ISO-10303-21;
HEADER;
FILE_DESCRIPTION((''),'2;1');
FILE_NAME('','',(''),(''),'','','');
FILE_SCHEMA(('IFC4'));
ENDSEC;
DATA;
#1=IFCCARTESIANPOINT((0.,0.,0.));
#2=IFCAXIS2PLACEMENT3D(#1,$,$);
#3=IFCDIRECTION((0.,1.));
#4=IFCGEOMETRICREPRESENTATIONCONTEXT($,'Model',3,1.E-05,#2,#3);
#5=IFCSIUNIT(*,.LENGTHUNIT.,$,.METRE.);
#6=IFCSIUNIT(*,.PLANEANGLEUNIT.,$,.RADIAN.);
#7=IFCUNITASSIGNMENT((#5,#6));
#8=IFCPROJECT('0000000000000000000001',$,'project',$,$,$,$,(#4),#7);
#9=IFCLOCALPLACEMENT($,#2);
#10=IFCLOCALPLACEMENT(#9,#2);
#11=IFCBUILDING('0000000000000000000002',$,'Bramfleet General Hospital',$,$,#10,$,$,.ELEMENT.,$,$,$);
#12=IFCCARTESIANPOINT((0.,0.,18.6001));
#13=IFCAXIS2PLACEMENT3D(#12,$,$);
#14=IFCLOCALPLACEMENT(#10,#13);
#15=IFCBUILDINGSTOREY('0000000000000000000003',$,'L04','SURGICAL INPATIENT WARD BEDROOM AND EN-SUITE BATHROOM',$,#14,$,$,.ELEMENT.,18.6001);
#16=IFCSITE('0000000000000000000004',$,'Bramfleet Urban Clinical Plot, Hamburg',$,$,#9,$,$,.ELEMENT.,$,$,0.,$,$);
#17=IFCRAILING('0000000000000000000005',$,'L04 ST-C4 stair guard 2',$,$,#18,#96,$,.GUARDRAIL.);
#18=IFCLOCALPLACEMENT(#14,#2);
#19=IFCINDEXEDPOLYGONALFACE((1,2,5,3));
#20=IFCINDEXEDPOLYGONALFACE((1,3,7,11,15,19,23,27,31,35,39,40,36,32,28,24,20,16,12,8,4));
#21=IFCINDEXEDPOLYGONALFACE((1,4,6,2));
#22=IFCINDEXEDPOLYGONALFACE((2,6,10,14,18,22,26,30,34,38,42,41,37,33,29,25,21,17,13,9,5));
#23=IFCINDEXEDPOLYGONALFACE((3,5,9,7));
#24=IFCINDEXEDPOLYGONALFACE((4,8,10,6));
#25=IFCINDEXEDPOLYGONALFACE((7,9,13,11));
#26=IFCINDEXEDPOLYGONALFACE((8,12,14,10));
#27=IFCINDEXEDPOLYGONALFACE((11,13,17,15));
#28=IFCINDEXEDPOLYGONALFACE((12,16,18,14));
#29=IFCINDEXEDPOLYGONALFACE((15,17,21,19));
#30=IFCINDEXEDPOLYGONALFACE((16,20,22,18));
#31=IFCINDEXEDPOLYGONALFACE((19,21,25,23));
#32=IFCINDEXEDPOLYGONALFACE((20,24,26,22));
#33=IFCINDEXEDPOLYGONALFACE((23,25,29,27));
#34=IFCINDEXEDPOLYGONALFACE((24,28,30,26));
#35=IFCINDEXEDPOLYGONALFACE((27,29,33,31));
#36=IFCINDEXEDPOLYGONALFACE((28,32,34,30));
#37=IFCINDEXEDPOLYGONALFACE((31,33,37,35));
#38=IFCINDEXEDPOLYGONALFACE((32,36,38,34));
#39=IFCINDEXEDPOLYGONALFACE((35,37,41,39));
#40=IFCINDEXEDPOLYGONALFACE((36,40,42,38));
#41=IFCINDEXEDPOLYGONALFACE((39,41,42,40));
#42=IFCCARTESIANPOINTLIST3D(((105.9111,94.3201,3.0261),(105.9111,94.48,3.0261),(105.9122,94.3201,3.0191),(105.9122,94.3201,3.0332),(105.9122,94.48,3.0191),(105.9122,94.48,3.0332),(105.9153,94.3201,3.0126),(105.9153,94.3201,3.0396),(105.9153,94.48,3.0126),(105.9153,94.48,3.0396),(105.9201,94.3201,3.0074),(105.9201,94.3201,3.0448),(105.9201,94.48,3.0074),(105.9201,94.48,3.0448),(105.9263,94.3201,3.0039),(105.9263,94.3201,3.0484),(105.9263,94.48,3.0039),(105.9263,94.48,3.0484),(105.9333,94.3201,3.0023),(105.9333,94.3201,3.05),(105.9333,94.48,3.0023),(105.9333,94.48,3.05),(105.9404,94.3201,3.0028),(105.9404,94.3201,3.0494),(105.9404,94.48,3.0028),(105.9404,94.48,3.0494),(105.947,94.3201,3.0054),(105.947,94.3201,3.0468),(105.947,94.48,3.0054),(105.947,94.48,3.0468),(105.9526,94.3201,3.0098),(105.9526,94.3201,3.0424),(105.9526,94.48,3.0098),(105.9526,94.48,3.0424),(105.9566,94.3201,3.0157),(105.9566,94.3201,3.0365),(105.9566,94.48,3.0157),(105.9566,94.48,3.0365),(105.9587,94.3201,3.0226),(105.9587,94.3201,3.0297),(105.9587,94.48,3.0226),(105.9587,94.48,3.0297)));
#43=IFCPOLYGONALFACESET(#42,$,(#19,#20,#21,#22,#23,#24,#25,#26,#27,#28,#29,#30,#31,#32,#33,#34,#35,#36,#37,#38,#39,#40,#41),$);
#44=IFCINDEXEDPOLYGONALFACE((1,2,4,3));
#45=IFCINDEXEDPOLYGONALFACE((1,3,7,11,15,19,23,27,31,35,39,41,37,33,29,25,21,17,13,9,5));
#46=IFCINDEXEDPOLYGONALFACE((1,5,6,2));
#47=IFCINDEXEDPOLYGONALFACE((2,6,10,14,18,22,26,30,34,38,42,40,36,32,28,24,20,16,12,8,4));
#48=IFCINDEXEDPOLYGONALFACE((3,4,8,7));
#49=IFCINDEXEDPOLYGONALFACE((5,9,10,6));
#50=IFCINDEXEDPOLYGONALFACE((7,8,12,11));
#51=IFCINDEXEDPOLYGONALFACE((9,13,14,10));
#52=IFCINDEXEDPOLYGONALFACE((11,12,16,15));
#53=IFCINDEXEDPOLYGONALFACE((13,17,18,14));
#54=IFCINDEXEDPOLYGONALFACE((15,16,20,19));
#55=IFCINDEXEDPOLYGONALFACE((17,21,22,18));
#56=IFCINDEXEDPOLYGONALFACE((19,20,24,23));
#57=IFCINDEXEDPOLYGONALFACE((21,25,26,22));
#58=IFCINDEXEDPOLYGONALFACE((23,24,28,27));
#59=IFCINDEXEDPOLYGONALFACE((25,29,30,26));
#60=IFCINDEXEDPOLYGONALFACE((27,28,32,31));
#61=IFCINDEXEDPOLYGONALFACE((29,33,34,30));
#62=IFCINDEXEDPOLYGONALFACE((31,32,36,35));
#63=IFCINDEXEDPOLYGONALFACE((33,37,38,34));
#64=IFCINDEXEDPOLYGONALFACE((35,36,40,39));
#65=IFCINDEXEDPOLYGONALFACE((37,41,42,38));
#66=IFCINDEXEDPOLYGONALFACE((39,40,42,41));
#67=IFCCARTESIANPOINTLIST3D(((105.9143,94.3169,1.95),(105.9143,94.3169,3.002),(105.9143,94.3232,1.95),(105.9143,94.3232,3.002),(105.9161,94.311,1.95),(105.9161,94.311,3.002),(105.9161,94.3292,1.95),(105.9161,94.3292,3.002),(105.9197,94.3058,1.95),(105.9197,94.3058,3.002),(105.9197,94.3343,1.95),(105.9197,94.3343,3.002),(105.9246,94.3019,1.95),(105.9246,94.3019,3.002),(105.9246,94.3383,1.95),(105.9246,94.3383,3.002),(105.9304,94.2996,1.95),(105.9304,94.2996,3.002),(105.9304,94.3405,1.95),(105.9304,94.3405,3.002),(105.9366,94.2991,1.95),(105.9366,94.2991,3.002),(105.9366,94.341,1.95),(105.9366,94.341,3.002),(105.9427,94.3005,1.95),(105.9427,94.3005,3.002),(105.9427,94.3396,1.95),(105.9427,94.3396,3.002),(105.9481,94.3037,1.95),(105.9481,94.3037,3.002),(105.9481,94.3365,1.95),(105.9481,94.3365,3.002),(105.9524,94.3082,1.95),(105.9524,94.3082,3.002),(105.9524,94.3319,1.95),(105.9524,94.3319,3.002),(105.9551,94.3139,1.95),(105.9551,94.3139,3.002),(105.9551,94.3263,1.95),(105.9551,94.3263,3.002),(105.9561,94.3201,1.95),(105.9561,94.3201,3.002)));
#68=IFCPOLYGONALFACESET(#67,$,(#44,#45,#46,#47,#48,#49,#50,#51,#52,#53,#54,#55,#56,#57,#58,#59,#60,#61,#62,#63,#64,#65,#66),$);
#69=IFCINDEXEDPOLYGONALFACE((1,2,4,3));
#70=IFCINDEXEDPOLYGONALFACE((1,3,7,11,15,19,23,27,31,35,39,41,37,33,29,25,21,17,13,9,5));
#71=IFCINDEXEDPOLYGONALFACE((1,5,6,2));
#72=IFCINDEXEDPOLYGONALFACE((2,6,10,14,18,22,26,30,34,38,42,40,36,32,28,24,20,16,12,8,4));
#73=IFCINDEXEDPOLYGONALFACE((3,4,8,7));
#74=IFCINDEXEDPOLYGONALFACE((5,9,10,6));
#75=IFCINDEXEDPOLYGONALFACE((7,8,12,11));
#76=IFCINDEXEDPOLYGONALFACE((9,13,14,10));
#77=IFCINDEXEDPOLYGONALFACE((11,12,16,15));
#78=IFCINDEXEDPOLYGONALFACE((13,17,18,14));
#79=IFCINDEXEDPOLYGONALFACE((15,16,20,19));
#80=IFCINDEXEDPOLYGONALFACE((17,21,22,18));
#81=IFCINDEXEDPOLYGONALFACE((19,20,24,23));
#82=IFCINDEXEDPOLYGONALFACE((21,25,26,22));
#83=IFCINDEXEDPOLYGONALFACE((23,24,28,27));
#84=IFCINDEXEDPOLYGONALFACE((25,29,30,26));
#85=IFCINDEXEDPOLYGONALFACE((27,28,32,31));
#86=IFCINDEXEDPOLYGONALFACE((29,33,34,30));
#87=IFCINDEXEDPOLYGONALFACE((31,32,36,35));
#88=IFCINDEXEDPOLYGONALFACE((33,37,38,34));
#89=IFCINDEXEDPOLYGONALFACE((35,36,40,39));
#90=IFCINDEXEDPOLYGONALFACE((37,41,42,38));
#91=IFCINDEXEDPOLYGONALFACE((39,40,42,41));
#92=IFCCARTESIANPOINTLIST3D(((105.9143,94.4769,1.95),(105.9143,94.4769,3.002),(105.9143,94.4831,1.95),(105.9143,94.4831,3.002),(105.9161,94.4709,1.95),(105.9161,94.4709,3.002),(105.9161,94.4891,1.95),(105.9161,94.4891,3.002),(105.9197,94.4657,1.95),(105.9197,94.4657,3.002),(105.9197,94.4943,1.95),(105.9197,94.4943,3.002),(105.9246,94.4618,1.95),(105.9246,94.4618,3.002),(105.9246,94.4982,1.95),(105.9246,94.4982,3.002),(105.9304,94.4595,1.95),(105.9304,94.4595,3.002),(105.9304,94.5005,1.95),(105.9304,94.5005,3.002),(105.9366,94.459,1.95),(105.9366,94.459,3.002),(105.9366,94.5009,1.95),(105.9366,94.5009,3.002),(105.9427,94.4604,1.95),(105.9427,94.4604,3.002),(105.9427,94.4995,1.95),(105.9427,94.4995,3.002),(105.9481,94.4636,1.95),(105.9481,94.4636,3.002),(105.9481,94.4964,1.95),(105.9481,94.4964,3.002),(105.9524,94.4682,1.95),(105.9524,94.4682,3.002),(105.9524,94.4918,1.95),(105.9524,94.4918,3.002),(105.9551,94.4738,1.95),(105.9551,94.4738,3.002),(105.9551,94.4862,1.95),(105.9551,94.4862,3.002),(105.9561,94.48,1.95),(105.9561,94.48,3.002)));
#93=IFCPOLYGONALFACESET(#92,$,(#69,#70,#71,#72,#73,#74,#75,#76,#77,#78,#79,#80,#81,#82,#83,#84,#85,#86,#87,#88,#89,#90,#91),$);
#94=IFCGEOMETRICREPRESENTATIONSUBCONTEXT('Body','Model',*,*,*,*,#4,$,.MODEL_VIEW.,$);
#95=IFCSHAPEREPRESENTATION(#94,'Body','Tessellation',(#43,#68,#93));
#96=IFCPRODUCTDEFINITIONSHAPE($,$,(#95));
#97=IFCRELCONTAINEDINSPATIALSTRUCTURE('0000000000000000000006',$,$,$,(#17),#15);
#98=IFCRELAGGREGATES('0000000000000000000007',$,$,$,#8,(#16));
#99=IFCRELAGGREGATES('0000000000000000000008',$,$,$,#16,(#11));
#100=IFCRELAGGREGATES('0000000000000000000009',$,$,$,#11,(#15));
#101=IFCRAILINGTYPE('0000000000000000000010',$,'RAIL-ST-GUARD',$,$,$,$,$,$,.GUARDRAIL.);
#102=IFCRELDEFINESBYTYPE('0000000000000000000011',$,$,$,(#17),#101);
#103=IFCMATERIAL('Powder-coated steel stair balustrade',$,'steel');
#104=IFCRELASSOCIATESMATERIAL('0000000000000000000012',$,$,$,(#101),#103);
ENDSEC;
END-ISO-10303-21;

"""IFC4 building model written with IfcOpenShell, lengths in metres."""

from ifc_helpers import new_model, si_unit, direction, frame, origin, origin_2d, place, context, subcontext, project, spatial, circle, extrude, material, type_object, element, save


model = new_model("IFC4")

# Units and contexts
model_context = context("Model", 3, precision=1e-05, world=origin(), true_north=direction((0.0, 1.0)))
body_context = subcontext(model_context, "Body", "Model", "MODEL_VIEW")
ifc_project = project(units=[si_unit("LENGTHUNIT", "METRE"), si_unit("PLANEANGLEUNIT", "RADIAN")], contexts=[model_context])

# Site, building, storey
site_placement = place(None, origin())
site = spatial("IfcSite", under=ifc_project, at=site_placement, Name="Bramfleet Urban Clinical Plot, Hamburg", CompositionType="ELEMENT", RefElevation=0.0)
building_placement = place(site_placement, origin())
building = spatial("IfcBuilding", under=site, at=building_placement, Name="Bramfleet General Hospital", CompositionType="ELEMENT")
storey_placement = place(building_placement, frame((0.0, 0.0, 18.6001)))
storey = spatial("IfcBuildingStorey", under=building, at=storey_placement, Name="L04", Description="SURGICAL INPATIENT WARD BEDROOM AND EN-SUITE BATHROOM", CompositionType="ELEMENT", Elevation=18.6001)

# Railing
ifc_material_1 = material(Name="Powder-coated steel stair balustrade", Category="steel")
railing_type_1 = type_object("IfcRailingType", Name="RAIL-ST-GUARD", PredefinedType="GUARDRAIL", material=ifc_material_1)
railing_1_placement = place(storey_placement, frame((105.9351, 94.3201, 1.95)))
element("IfcRailing", 1, at=railing_1_placement, inside=storey, type_object=railing_type_1, Name="L04 ST-C4 stair guard 2", PredefinedType="GUARDRAIL", context=body_context, shape_type="SweptSolid", body=[
    extrude(circle(Radius=0.0239, at=origin_2d()), frame((0.0, 0.0, 1.0762), z_axis=(0.0, 1.0, 0.0), x_axis=(-1.0, 0.0, 0.0)), (0.0, 0.0, 1.0), 0.1599),
    extrude(circle(Radius=0.021, at=origin_2d()), origin(), (0.0, 0.0, 1.0), 1.052),
    extrude(circle(Radius=0.021, at=origin_2d()), frame((0.0, 0.1599, 0.0)), (0.0, 0.0, 1.0), 1.052),
])

save(model, "model.ifc")
